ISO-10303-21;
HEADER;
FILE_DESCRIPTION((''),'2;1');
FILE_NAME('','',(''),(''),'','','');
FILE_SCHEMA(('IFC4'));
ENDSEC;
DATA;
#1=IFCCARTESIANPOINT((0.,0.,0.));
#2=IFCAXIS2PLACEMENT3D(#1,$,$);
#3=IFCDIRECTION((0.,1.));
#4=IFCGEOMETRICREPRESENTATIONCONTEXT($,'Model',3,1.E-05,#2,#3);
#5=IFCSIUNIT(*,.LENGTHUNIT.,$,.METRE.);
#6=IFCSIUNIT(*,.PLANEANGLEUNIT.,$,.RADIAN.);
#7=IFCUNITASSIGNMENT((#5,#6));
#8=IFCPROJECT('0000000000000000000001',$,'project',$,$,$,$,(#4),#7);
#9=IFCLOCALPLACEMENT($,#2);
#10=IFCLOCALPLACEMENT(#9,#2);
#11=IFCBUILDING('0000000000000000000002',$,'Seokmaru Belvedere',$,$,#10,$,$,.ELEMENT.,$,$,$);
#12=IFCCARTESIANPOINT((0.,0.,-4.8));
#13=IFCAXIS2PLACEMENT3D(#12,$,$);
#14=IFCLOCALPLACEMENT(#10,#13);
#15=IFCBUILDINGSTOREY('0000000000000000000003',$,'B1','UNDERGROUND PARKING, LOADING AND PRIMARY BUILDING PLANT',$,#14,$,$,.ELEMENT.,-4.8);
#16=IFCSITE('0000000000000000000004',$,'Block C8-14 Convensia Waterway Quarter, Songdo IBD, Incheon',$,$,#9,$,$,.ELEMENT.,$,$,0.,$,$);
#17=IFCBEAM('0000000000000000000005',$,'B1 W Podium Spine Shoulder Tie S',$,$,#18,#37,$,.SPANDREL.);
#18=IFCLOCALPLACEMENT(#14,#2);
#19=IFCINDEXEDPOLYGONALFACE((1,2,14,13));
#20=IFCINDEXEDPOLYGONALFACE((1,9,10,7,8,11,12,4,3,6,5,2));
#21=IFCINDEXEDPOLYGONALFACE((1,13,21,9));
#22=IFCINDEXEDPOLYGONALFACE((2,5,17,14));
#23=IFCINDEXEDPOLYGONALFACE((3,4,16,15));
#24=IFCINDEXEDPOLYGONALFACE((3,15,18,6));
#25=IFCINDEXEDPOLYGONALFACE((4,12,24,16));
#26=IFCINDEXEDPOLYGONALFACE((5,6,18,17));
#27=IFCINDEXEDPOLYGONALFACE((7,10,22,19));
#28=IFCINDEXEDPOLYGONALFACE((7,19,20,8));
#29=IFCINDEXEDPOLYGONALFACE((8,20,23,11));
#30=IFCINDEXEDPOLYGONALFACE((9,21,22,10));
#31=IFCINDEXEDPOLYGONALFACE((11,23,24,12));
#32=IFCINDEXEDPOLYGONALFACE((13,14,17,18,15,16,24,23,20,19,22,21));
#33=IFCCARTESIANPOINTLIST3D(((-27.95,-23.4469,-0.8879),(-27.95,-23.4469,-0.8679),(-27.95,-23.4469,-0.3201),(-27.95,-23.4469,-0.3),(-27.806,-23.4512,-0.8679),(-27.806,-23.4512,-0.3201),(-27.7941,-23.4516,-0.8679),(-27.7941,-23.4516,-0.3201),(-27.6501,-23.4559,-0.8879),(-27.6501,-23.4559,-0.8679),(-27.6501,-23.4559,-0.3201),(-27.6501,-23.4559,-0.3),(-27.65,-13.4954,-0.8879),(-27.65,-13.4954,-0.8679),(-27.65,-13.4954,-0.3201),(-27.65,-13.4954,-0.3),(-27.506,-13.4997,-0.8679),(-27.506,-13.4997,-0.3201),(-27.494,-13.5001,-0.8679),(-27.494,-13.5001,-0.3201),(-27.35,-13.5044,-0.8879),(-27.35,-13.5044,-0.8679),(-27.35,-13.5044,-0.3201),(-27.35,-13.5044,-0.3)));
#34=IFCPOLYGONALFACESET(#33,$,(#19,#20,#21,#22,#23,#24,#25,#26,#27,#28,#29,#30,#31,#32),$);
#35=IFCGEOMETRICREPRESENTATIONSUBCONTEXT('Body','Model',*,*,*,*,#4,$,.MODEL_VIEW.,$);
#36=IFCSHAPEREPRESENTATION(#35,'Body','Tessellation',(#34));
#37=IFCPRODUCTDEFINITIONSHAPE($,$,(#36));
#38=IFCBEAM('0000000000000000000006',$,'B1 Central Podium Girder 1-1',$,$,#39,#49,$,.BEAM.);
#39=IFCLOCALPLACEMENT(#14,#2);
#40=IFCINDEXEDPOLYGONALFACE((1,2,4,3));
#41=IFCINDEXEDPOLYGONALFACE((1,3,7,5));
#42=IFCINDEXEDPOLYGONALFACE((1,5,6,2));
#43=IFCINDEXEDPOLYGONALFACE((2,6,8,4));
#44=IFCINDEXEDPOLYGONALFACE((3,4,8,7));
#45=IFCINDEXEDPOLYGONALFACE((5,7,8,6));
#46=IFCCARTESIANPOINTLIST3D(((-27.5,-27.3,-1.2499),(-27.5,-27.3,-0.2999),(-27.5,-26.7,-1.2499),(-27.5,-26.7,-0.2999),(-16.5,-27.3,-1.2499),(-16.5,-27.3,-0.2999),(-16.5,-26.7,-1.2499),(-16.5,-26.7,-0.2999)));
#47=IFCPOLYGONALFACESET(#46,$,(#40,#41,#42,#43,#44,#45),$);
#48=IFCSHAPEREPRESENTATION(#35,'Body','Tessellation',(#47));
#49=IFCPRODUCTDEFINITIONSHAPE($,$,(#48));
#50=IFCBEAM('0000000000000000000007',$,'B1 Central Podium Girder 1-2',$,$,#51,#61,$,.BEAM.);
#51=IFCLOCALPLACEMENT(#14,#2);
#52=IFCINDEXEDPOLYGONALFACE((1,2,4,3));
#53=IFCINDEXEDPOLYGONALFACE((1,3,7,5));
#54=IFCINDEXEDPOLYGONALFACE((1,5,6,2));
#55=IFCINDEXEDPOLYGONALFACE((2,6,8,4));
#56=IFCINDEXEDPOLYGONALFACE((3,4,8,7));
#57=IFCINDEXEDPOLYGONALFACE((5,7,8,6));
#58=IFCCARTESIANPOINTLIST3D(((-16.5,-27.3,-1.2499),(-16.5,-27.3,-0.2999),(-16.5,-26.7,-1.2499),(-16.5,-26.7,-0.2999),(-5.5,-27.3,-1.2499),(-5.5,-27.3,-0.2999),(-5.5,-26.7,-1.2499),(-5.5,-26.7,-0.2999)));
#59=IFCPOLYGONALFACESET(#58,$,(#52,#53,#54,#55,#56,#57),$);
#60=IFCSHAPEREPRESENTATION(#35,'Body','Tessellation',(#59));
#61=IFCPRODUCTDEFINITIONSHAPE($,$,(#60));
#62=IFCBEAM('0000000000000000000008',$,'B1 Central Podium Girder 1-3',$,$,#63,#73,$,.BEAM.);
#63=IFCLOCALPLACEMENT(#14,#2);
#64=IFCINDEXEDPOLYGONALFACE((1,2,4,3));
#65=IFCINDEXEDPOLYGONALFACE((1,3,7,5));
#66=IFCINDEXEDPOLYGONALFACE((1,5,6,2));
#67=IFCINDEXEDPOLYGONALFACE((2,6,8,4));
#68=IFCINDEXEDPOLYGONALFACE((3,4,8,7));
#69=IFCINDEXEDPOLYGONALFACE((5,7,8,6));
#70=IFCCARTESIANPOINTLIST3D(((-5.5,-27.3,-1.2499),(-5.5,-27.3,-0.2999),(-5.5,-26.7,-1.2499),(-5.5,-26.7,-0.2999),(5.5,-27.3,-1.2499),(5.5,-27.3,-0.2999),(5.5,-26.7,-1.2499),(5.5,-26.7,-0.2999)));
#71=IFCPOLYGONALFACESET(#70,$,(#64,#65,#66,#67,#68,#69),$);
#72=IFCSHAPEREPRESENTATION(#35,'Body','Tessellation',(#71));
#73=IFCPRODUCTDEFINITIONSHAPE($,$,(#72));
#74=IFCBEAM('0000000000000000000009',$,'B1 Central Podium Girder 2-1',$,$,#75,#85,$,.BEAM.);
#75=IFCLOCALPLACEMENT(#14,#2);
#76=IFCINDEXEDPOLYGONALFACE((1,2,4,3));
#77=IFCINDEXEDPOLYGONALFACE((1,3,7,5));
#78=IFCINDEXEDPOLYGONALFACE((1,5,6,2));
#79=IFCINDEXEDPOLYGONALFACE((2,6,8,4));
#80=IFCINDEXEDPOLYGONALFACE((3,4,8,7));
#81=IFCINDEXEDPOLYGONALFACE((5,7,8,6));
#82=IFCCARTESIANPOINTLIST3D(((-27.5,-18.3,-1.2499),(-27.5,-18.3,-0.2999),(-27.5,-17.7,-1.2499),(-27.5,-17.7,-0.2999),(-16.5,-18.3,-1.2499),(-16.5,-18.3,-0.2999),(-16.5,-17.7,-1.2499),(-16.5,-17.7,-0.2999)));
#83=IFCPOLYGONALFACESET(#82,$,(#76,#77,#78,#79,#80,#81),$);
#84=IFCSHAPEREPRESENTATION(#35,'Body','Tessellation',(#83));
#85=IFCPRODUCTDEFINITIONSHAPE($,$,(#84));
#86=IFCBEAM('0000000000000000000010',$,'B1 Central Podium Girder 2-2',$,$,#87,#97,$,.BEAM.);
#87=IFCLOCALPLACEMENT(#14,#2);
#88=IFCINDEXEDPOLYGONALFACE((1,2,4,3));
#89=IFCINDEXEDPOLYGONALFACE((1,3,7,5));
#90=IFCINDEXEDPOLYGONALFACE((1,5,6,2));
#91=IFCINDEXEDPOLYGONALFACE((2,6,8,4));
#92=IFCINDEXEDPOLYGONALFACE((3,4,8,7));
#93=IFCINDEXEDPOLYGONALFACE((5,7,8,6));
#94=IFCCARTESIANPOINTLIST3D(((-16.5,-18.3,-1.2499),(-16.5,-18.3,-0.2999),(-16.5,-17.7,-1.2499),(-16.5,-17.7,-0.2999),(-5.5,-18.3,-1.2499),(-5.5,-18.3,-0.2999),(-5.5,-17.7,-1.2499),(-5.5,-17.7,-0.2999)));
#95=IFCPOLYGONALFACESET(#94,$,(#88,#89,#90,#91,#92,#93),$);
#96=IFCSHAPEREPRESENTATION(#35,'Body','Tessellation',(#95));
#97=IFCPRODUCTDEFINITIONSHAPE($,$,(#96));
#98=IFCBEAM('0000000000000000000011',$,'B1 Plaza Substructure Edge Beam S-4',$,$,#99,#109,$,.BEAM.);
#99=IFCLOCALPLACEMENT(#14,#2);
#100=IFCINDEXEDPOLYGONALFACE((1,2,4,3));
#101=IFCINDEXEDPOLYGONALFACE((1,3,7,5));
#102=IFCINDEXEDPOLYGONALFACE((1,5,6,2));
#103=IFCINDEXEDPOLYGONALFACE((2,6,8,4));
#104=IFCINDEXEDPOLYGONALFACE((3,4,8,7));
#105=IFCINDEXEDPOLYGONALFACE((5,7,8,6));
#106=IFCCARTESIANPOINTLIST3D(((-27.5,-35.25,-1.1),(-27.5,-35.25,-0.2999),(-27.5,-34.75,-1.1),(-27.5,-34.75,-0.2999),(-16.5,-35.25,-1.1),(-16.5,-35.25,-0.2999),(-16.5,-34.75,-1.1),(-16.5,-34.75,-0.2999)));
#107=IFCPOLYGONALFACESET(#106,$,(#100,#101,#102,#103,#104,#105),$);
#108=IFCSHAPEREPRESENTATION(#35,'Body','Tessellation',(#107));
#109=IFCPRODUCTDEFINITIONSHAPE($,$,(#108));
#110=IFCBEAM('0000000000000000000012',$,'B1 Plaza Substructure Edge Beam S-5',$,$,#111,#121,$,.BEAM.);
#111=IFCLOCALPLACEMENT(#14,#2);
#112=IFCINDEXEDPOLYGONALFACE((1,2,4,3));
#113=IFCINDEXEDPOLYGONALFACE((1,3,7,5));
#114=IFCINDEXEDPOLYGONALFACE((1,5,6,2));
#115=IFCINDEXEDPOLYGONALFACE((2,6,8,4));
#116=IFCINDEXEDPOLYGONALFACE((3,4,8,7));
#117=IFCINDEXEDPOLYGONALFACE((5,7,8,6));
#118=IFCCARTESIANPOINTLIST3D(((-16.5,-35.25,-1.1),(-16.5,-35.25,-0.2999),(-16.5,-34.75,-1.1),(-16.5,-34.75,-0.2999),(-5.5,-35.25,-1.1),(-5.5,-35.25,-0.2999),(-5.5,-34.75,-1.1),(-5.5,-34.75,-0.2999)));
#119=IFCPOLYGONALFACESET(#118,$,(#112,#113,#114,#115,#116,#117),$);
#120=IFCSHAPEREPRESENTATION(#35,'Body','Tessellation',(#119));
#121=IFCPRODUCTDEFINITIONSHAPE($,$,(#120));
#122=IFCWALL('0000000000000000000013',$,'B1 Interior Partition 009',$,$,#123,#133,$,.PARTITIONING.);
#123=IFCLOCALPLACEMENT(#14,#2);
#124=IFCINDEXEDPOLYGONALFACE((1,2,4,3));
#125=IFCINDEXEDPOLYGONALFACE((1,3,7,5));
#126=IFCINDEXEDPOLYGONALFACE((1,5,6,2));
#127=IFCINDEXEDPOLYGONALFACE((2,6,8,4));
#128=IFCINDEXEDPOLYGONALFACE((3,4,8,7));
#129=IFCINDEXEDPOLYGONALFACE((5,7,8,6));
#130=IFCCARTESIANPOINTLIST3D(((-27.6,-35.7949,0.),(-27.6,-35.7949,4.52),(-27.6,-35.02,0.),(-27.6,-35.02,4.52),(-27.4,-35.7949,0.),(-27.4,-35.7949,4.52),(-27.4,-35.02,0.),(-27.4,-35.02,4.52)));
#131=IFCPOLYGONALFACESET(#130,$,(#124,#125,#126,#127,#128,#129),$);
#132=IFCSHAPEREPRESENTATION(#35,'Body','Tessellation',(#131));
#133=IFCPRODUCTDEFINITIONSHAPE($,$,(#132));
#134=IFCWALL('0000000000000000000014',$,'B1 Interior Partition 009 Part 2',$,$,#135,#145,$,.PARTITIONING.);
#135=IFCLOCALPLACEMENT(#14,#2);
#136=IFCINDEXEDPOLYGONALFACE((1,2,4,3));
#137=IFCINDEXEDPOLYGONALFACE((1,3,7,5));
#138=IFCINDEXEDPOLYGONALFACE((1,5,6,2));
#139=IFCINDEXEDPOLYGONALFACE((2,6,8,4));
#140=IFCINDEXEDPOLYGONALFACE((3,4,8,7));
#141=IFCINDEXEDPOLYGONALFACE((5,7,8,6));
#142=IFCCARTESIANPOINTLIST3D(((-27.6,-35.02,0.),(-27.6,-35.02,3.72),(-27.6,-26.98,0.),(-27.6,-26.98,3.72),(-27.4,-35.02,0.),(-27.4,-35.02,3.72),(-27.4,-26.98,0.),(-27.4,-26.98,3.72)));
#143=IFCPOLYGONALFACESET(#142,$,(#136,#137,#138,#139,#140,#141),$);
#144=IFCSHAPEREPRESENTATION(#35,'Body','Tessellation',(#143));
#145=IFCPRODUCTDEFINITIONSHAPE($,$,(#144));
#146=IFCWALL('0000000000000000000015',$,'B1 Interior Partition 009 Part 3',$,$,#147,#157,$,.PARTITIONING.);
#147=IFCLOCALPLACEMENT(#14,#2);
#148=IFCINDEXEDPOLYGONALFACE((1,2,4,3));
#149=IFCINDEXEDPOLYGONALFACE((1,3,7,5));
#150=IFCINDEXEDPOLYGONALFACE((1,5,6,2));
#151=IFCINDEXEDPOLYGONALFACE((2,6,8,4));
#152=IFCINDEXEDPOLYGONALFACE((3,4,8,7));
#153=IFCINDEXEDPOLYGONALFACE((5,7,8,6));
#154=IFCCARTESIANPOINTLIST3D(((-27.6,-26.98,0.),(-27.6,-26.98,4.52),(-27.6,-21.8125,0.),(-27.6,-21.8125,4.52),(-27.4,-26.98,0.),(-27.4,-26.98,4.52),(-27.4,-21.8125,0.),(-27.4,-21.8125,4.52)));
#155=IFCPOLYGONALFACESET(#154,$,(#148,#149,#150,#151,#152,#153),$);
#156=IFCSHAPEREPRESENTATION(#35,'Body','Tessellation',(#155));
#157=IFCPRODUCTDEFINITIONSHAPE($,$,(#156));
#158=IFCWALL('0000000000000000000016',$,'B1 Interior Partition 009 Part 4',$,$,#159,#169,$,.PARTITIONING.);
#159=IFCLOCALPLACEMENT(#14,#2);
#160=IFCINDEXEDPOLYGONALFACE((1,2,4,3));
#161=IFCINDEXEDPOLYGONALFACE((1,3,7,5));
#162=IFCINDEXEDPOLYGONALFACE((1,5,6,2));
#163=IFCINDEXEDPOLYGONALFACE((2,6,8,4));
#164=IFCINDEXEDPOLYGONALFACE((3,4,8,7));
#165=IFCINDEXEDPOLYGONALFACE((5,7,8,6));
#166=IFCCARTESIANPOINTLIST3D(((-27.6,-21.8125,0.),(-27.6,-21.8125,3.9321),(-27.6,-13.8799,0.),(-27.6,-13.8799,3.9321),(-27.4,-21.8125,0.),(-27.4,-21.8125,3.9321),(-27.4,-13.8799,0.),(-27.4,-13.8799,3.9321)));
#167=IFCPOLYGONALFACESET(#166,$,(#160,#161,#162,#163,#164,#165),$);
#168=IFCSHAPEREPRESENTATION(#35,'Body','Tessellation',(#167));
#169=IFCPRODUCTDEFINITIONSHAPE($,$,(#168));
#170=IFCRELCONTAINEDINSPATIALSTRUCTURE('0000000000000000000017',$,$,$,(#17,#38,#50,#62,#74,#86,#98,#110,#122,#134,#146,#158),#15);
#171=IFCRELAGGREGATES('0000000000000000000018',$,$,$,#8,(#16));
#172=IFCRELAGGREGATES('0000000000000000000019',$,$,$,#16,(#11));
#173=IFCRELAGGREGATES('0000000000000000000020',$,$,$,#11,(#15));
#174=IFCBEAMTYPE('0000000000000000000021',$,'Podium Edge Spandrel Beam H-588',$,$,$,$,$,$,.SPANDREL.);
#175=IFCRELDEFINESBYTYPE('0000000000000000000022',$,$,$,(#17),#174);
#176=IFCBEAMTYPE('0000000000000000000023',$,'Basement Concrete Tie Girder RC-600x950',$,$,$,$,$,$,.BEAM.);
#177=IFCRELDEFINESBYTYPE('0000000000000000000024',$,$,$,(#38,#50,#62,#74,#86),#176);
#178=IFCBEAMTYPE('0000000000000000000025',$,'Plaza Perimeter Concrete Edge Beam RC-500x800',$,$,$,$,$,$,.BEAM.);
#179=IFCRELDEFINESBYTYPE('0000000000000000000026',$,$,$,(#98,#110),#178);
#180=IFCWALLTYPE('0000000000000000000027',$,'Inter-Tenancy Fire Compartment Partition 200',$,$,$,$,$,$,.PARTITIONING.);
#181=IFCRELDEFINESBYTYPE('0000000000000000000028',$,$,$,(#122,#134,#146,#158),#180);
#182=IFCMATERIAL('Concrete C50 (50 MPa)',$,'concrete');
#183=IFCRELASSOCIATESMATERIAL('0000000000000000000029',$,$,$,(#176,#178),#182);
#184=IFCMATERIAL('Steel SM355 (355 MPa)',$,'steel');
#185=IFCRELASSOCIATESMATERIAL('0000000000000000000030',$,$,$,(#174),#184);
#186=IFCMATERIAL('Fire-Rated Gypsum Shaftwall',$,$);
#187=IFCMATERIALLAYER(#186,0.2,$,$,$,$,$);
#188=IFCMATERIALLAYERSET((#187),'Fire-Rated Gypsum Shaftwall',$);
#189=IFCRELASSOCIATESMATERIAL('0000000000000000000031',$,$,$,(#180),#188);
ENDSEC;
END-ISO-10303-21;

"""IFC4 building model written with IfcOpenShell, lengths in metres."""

from ifc_helpers import new_model, si_unit, direction, frame, frame_2d, origin, origin_2d, place, context, subcontext, project, spatial, rectangle, i_section, extrude, source, transform, mapped, material, layer, layer_set, material_profile, profile_set, type_object, type_shapes, element, save


model = new_model("IFC4")

# Units and contexts
model_context = context("Model", 3, precision=1e-05, world=origin(), true_north=direction((0.0, 1.0)))
body_context = subcontext(model_context, "Body", "Model", "MODEL_VIEW")
ifc_project = project(units=[si_unit("LENGTHUNIT", "METRE"), si_unit("PLANEANGLEUNIT", "RADIAN")], contexts=[model_context])

# Site, building, storey
site_placement = place(None, origin())
site = spatial("IfcSite", under=ifc_project, at=site_placement, Name="Block C8-14 Convensia Waterway Quarter, Songdo IBD, Incheon", CompositionType="ELEMENT", RefElevation=0.0)
building_placement = place(site_placement, origin())
building = spatial("IfcBuilding", under=site, at=building_placement, Name="Seokmaru Belvedere", CompositionType="ELEMENT")
storey_placement = place(building_placement, frame((0.0, 0.0, -4.8)))
storey = spatial("IfcBuildingStorey", under=building, at=storey_placement, Name="B1", Description="UNDERGROUND PARKING, LOADING AND PRIMARY BUILDING PLANT", CompositionType="ELEMENT", Elevation=-4.8)

# Shared definitions
ifc_material_1 = material(Name="Concrete C50 (50 MPa)", Category="concrete")

# Beams
ifc_material_profile_1 = material_profile(ifc_material_1, rectangle(XDim=0.6001, YDim=0.95, at=origin_2d()), Name="RC-600x950")
ifc_profile_set_1 = profile_set([ifc_material_profile_1], Name="Concrete C50 (50 MPa)")
beam_type_1 = type_object("IfcBeamType", Name="Basement Concrete Tie Girder RC-600x950", PredefinedType="BEAM", material=ifc_profile_set_1)
ifc_material_2 = material(Name="Steel SM355 (355 MPa)", Category="steel")
ifc_material_profile_2 = material_profile(ifc_material_2, i_section(OverallWidth=0.3, OverallDepth=0.5879, WebThickness=0.012, FlangeThickness=0.02, at=origin_2d()), Name="H-588x300x12x20")
ifc_profile_set_2 = profile_set([ifc_material_profile_2], Name="Steel SM355 (355 MPa)")
beam_type_2 = type_object("IfcBeamType", Name="Podium Edge Spandrel Beam H-588", PredefinedType="SPANDREL", material=ifc_profile_set_2)
shared_shape_1 = source(origin(), body_context, "Body", "SweptSolid", [
    extrude(i_section(OverallWidth=0.3, OverallDepth=0.5879, WebThickness=0.012, FlangeThickness=0.02, at=origin_2d()), origin(), (0.0, 0.0, 1.0), 9.9561),
])
type_shapes(beam_type_2, [shared_shape_1])
beam_placement = place(storey_placement, frame((-27.8, -23.4514, -0.594), z_axis=(0.030138, 0.999546, 0.0), x_axis=(-0.999546, 0.030138, 0.0)))
element("IfcBeam", 1, at=beam_placement, inside=storey, type_object=beam_type_2, Name="B1 W Podium Spine Shoulder Tie S", PredefinedType="SPANDREL", context=body_context, shape_type="MappedRepresentation", body=[
    mapped(shared_shape_1, transform((0.0, 0.0, 0.0), scale=1.0)),
])
shared_shape_2 = source(origin(), body_context, "Body", "SweptSolid", [
    extrude(rectangle(XDim=0.6001, YDim=0.95, at=origin_2d()), origin(), (0.0, 0.0, 1.0), 11.0),
])
for number, where, z_axis, x_axis, name in (
    (2, (-27.5, -27.0, -0.7749), (1.0, 0.0, 0.0), (0.0, 1.0, 0.0), "B1 Central Podium Girder 1-1"),
    (3, (-16.5, -27.0, -0.7749), (1.0, 0.0, 0.0), (0.0, 1.0, 0.0), "B1 Central Podium Girder 1-2"),
    (4, (-5.5, -27.0, -0.7749), (1.0, 0.0, 0.0), (0.0, 1.0, 0.0), "B1 Central Podium Girder 1-3"),
    (5, (-27.5, -18.0, -0.7749), (1.0, 0.0, 0.0), (0.0, 1.0, 0.0), "B1 Central Podium Girder 2-1"),
    (6, (-16.5, -18.0, -0.7749), (1.0, 0.0, 0.0), (0.0, 1.0, 0.0), "B1 Central Podium Girder 2-2"),
):
    element("IfcBeam", number, at=place(storey_placement, frame(where, z_axis=z_axis, x_axis=x_axis)), inside=storey, type_object=beam_type_1, Name=name, PredefinedType="BEAM", context=body_context, shape_type="MappedRepresentation", body=[
        mapped(shared_shape_2, transform((0.0, 0.0, 0.0), scale=1.0)),
    ])
ifc_material_profile_3 = material_profile(ifc_material_1, rectangle(XDim=0.5, YDim=0.8, at=origin_2d()), Name="RC-500x800")
ifc_profile_set_3 = profile_set([ifc_material_profile_3], Name="Concrete C50 (50 MPa)")
beam_type_3 = type_object("IfcBeamType", Name="Plaza Perimeter Concrete Edge Beam RC-500x800", PredefinedType="BEAM", material=ifc_profile_set_3)
shared_shape_3 = source(origin(), body_context, "Body", "SweptSolid", [
    extrude(rectangle(XDim=0.5, YDim=0.8, at=origin_2d()), origin(), (0.0, 0.0, 1.0), 11.0),
])
type_shapes(beam_type_3, [shared_shape_3])
for number, where, z_axis, x_axis, name in (
    (7, (-27.5, -35.0, -0.7), (1.0, 0.0, 0.0), (0.0, 1.0, 0.0), "B1 Plaza Substructure Edge Beam S-4"),
    (8, (-16.5, -35.0, -0.7), (1.0, 0.0, 0.0), (0.0, 1.0, 0.0), "B1 Plaza Substructure Edge Beam S-5"),
):
    element("IfcBeam", number, at=place(storey_placement, frame(where, z_axis=z_axis, x_axis=x_axis)), inside=storey, type_object=beam_type_3, Name=name, PredefinedType="BEAM", context=body_context, shape_type="MappedRepresentation", body=[
        mapped(shared_shape_3, transform((0.0, 0.0, 0.0), scale=1.0)),
    ])

# Walls
ifc_material_3 = material(Name="Fire-Rated Gypsum Shaftwall")
ifc_layer = layer(ifc_material_3, 0.2)
ifc_layer_set = layer_set([ifc_layer], Name="Fire-Rated Gypsum Shaftwall")
wall_type = type_object("IfcWallType", Name="Inter-Tenancy Fire Compartment Partition 200", PredefinedType="PARTITIONING", material=ifc_layer_set)
wall_1_placement = place(storey_placement, frame((-27.5, -35.7949, 0.0), z_axis=(0.0, 0.0, 1.0), x_axis=(0.0, 1.0, 0.0)))
element("IfcWall", 9, at=wall_1_placement, inside=storey, type_object=wall_type, Name="B1 Interior Partition 009", PredefinedType="PARTITIONING", context=body_context, shape_type="SweptSolid", body=[
    extrude(rectangle(XDim=0.7749, YDim=0.2, at=frame_2d((0.3875, 0.0))), origin(), (0.0, 0.0, 1.0), 4.52),
])
wall_2_placement = place(storey_placement, frame((-27.5, -35.02, 0.0), z_axis=(0.0, 0.0, 1.0), x_axis=(0.0, 1.0, 0.0)))
element("IfcWall", 10, at=wall_2_placement, inside=storey, type_object=wall_type, Name="B1 Interior Partition 009 Part 2", PredefinedType="PARTITIONING", context=body_context, shape_type="SweptSolid", body=[
    extrude(rectangle(XDim=8.04, YDim=0.2, at=frame_2d((4.02, 0.0))), origin(), (0.0, 0.0, 1.0), 3.72),
])
wall_3_placement = place(storey_placement, frame((-27.5, -26.98, 0.0), z_axis=(0.0, 0.0, 1.0), x_axis=(0.0, 1.0, 0.0)))
element("IfcWall", 11, at=wall_3_placement, inside=storey, type_object=wall_type, Name="B1 Interior Partition 009 Part 3", PredefinedType="PARTITIONING", context=body_context, shape_type="SweptSolid", body=[
    extrude(rectangle(XDim=5.1675, YDim=0.2, at=frame_2d((2.5837, 0.0))), origin(), (0.0, 0.0, 1.0), 4.52),
])
wall_4_placement = place(storey_placement, frame((-27.5, -21.8125, 0.0), z_axis=(0.0, 0.0, 1.0), x_axis=(0.0, 1.0, 0.0)))
element("IfcWall", 12, at=wall_4_placement, inside=storey, type_object=wall_type, Name="B1 Interior Partition 009 Part 4", PredefinedType="PARTITIONING", context=body_context, shape_type="SweptSolid", body=[
    extrude(rectangle(XDim=7.9326, YDim=0.2, at=frame_2d((3.9663, 0.0))), origin(), (0.0, 0.0, 1.0), 3.9321),
])

save(model, "model.ifc")
